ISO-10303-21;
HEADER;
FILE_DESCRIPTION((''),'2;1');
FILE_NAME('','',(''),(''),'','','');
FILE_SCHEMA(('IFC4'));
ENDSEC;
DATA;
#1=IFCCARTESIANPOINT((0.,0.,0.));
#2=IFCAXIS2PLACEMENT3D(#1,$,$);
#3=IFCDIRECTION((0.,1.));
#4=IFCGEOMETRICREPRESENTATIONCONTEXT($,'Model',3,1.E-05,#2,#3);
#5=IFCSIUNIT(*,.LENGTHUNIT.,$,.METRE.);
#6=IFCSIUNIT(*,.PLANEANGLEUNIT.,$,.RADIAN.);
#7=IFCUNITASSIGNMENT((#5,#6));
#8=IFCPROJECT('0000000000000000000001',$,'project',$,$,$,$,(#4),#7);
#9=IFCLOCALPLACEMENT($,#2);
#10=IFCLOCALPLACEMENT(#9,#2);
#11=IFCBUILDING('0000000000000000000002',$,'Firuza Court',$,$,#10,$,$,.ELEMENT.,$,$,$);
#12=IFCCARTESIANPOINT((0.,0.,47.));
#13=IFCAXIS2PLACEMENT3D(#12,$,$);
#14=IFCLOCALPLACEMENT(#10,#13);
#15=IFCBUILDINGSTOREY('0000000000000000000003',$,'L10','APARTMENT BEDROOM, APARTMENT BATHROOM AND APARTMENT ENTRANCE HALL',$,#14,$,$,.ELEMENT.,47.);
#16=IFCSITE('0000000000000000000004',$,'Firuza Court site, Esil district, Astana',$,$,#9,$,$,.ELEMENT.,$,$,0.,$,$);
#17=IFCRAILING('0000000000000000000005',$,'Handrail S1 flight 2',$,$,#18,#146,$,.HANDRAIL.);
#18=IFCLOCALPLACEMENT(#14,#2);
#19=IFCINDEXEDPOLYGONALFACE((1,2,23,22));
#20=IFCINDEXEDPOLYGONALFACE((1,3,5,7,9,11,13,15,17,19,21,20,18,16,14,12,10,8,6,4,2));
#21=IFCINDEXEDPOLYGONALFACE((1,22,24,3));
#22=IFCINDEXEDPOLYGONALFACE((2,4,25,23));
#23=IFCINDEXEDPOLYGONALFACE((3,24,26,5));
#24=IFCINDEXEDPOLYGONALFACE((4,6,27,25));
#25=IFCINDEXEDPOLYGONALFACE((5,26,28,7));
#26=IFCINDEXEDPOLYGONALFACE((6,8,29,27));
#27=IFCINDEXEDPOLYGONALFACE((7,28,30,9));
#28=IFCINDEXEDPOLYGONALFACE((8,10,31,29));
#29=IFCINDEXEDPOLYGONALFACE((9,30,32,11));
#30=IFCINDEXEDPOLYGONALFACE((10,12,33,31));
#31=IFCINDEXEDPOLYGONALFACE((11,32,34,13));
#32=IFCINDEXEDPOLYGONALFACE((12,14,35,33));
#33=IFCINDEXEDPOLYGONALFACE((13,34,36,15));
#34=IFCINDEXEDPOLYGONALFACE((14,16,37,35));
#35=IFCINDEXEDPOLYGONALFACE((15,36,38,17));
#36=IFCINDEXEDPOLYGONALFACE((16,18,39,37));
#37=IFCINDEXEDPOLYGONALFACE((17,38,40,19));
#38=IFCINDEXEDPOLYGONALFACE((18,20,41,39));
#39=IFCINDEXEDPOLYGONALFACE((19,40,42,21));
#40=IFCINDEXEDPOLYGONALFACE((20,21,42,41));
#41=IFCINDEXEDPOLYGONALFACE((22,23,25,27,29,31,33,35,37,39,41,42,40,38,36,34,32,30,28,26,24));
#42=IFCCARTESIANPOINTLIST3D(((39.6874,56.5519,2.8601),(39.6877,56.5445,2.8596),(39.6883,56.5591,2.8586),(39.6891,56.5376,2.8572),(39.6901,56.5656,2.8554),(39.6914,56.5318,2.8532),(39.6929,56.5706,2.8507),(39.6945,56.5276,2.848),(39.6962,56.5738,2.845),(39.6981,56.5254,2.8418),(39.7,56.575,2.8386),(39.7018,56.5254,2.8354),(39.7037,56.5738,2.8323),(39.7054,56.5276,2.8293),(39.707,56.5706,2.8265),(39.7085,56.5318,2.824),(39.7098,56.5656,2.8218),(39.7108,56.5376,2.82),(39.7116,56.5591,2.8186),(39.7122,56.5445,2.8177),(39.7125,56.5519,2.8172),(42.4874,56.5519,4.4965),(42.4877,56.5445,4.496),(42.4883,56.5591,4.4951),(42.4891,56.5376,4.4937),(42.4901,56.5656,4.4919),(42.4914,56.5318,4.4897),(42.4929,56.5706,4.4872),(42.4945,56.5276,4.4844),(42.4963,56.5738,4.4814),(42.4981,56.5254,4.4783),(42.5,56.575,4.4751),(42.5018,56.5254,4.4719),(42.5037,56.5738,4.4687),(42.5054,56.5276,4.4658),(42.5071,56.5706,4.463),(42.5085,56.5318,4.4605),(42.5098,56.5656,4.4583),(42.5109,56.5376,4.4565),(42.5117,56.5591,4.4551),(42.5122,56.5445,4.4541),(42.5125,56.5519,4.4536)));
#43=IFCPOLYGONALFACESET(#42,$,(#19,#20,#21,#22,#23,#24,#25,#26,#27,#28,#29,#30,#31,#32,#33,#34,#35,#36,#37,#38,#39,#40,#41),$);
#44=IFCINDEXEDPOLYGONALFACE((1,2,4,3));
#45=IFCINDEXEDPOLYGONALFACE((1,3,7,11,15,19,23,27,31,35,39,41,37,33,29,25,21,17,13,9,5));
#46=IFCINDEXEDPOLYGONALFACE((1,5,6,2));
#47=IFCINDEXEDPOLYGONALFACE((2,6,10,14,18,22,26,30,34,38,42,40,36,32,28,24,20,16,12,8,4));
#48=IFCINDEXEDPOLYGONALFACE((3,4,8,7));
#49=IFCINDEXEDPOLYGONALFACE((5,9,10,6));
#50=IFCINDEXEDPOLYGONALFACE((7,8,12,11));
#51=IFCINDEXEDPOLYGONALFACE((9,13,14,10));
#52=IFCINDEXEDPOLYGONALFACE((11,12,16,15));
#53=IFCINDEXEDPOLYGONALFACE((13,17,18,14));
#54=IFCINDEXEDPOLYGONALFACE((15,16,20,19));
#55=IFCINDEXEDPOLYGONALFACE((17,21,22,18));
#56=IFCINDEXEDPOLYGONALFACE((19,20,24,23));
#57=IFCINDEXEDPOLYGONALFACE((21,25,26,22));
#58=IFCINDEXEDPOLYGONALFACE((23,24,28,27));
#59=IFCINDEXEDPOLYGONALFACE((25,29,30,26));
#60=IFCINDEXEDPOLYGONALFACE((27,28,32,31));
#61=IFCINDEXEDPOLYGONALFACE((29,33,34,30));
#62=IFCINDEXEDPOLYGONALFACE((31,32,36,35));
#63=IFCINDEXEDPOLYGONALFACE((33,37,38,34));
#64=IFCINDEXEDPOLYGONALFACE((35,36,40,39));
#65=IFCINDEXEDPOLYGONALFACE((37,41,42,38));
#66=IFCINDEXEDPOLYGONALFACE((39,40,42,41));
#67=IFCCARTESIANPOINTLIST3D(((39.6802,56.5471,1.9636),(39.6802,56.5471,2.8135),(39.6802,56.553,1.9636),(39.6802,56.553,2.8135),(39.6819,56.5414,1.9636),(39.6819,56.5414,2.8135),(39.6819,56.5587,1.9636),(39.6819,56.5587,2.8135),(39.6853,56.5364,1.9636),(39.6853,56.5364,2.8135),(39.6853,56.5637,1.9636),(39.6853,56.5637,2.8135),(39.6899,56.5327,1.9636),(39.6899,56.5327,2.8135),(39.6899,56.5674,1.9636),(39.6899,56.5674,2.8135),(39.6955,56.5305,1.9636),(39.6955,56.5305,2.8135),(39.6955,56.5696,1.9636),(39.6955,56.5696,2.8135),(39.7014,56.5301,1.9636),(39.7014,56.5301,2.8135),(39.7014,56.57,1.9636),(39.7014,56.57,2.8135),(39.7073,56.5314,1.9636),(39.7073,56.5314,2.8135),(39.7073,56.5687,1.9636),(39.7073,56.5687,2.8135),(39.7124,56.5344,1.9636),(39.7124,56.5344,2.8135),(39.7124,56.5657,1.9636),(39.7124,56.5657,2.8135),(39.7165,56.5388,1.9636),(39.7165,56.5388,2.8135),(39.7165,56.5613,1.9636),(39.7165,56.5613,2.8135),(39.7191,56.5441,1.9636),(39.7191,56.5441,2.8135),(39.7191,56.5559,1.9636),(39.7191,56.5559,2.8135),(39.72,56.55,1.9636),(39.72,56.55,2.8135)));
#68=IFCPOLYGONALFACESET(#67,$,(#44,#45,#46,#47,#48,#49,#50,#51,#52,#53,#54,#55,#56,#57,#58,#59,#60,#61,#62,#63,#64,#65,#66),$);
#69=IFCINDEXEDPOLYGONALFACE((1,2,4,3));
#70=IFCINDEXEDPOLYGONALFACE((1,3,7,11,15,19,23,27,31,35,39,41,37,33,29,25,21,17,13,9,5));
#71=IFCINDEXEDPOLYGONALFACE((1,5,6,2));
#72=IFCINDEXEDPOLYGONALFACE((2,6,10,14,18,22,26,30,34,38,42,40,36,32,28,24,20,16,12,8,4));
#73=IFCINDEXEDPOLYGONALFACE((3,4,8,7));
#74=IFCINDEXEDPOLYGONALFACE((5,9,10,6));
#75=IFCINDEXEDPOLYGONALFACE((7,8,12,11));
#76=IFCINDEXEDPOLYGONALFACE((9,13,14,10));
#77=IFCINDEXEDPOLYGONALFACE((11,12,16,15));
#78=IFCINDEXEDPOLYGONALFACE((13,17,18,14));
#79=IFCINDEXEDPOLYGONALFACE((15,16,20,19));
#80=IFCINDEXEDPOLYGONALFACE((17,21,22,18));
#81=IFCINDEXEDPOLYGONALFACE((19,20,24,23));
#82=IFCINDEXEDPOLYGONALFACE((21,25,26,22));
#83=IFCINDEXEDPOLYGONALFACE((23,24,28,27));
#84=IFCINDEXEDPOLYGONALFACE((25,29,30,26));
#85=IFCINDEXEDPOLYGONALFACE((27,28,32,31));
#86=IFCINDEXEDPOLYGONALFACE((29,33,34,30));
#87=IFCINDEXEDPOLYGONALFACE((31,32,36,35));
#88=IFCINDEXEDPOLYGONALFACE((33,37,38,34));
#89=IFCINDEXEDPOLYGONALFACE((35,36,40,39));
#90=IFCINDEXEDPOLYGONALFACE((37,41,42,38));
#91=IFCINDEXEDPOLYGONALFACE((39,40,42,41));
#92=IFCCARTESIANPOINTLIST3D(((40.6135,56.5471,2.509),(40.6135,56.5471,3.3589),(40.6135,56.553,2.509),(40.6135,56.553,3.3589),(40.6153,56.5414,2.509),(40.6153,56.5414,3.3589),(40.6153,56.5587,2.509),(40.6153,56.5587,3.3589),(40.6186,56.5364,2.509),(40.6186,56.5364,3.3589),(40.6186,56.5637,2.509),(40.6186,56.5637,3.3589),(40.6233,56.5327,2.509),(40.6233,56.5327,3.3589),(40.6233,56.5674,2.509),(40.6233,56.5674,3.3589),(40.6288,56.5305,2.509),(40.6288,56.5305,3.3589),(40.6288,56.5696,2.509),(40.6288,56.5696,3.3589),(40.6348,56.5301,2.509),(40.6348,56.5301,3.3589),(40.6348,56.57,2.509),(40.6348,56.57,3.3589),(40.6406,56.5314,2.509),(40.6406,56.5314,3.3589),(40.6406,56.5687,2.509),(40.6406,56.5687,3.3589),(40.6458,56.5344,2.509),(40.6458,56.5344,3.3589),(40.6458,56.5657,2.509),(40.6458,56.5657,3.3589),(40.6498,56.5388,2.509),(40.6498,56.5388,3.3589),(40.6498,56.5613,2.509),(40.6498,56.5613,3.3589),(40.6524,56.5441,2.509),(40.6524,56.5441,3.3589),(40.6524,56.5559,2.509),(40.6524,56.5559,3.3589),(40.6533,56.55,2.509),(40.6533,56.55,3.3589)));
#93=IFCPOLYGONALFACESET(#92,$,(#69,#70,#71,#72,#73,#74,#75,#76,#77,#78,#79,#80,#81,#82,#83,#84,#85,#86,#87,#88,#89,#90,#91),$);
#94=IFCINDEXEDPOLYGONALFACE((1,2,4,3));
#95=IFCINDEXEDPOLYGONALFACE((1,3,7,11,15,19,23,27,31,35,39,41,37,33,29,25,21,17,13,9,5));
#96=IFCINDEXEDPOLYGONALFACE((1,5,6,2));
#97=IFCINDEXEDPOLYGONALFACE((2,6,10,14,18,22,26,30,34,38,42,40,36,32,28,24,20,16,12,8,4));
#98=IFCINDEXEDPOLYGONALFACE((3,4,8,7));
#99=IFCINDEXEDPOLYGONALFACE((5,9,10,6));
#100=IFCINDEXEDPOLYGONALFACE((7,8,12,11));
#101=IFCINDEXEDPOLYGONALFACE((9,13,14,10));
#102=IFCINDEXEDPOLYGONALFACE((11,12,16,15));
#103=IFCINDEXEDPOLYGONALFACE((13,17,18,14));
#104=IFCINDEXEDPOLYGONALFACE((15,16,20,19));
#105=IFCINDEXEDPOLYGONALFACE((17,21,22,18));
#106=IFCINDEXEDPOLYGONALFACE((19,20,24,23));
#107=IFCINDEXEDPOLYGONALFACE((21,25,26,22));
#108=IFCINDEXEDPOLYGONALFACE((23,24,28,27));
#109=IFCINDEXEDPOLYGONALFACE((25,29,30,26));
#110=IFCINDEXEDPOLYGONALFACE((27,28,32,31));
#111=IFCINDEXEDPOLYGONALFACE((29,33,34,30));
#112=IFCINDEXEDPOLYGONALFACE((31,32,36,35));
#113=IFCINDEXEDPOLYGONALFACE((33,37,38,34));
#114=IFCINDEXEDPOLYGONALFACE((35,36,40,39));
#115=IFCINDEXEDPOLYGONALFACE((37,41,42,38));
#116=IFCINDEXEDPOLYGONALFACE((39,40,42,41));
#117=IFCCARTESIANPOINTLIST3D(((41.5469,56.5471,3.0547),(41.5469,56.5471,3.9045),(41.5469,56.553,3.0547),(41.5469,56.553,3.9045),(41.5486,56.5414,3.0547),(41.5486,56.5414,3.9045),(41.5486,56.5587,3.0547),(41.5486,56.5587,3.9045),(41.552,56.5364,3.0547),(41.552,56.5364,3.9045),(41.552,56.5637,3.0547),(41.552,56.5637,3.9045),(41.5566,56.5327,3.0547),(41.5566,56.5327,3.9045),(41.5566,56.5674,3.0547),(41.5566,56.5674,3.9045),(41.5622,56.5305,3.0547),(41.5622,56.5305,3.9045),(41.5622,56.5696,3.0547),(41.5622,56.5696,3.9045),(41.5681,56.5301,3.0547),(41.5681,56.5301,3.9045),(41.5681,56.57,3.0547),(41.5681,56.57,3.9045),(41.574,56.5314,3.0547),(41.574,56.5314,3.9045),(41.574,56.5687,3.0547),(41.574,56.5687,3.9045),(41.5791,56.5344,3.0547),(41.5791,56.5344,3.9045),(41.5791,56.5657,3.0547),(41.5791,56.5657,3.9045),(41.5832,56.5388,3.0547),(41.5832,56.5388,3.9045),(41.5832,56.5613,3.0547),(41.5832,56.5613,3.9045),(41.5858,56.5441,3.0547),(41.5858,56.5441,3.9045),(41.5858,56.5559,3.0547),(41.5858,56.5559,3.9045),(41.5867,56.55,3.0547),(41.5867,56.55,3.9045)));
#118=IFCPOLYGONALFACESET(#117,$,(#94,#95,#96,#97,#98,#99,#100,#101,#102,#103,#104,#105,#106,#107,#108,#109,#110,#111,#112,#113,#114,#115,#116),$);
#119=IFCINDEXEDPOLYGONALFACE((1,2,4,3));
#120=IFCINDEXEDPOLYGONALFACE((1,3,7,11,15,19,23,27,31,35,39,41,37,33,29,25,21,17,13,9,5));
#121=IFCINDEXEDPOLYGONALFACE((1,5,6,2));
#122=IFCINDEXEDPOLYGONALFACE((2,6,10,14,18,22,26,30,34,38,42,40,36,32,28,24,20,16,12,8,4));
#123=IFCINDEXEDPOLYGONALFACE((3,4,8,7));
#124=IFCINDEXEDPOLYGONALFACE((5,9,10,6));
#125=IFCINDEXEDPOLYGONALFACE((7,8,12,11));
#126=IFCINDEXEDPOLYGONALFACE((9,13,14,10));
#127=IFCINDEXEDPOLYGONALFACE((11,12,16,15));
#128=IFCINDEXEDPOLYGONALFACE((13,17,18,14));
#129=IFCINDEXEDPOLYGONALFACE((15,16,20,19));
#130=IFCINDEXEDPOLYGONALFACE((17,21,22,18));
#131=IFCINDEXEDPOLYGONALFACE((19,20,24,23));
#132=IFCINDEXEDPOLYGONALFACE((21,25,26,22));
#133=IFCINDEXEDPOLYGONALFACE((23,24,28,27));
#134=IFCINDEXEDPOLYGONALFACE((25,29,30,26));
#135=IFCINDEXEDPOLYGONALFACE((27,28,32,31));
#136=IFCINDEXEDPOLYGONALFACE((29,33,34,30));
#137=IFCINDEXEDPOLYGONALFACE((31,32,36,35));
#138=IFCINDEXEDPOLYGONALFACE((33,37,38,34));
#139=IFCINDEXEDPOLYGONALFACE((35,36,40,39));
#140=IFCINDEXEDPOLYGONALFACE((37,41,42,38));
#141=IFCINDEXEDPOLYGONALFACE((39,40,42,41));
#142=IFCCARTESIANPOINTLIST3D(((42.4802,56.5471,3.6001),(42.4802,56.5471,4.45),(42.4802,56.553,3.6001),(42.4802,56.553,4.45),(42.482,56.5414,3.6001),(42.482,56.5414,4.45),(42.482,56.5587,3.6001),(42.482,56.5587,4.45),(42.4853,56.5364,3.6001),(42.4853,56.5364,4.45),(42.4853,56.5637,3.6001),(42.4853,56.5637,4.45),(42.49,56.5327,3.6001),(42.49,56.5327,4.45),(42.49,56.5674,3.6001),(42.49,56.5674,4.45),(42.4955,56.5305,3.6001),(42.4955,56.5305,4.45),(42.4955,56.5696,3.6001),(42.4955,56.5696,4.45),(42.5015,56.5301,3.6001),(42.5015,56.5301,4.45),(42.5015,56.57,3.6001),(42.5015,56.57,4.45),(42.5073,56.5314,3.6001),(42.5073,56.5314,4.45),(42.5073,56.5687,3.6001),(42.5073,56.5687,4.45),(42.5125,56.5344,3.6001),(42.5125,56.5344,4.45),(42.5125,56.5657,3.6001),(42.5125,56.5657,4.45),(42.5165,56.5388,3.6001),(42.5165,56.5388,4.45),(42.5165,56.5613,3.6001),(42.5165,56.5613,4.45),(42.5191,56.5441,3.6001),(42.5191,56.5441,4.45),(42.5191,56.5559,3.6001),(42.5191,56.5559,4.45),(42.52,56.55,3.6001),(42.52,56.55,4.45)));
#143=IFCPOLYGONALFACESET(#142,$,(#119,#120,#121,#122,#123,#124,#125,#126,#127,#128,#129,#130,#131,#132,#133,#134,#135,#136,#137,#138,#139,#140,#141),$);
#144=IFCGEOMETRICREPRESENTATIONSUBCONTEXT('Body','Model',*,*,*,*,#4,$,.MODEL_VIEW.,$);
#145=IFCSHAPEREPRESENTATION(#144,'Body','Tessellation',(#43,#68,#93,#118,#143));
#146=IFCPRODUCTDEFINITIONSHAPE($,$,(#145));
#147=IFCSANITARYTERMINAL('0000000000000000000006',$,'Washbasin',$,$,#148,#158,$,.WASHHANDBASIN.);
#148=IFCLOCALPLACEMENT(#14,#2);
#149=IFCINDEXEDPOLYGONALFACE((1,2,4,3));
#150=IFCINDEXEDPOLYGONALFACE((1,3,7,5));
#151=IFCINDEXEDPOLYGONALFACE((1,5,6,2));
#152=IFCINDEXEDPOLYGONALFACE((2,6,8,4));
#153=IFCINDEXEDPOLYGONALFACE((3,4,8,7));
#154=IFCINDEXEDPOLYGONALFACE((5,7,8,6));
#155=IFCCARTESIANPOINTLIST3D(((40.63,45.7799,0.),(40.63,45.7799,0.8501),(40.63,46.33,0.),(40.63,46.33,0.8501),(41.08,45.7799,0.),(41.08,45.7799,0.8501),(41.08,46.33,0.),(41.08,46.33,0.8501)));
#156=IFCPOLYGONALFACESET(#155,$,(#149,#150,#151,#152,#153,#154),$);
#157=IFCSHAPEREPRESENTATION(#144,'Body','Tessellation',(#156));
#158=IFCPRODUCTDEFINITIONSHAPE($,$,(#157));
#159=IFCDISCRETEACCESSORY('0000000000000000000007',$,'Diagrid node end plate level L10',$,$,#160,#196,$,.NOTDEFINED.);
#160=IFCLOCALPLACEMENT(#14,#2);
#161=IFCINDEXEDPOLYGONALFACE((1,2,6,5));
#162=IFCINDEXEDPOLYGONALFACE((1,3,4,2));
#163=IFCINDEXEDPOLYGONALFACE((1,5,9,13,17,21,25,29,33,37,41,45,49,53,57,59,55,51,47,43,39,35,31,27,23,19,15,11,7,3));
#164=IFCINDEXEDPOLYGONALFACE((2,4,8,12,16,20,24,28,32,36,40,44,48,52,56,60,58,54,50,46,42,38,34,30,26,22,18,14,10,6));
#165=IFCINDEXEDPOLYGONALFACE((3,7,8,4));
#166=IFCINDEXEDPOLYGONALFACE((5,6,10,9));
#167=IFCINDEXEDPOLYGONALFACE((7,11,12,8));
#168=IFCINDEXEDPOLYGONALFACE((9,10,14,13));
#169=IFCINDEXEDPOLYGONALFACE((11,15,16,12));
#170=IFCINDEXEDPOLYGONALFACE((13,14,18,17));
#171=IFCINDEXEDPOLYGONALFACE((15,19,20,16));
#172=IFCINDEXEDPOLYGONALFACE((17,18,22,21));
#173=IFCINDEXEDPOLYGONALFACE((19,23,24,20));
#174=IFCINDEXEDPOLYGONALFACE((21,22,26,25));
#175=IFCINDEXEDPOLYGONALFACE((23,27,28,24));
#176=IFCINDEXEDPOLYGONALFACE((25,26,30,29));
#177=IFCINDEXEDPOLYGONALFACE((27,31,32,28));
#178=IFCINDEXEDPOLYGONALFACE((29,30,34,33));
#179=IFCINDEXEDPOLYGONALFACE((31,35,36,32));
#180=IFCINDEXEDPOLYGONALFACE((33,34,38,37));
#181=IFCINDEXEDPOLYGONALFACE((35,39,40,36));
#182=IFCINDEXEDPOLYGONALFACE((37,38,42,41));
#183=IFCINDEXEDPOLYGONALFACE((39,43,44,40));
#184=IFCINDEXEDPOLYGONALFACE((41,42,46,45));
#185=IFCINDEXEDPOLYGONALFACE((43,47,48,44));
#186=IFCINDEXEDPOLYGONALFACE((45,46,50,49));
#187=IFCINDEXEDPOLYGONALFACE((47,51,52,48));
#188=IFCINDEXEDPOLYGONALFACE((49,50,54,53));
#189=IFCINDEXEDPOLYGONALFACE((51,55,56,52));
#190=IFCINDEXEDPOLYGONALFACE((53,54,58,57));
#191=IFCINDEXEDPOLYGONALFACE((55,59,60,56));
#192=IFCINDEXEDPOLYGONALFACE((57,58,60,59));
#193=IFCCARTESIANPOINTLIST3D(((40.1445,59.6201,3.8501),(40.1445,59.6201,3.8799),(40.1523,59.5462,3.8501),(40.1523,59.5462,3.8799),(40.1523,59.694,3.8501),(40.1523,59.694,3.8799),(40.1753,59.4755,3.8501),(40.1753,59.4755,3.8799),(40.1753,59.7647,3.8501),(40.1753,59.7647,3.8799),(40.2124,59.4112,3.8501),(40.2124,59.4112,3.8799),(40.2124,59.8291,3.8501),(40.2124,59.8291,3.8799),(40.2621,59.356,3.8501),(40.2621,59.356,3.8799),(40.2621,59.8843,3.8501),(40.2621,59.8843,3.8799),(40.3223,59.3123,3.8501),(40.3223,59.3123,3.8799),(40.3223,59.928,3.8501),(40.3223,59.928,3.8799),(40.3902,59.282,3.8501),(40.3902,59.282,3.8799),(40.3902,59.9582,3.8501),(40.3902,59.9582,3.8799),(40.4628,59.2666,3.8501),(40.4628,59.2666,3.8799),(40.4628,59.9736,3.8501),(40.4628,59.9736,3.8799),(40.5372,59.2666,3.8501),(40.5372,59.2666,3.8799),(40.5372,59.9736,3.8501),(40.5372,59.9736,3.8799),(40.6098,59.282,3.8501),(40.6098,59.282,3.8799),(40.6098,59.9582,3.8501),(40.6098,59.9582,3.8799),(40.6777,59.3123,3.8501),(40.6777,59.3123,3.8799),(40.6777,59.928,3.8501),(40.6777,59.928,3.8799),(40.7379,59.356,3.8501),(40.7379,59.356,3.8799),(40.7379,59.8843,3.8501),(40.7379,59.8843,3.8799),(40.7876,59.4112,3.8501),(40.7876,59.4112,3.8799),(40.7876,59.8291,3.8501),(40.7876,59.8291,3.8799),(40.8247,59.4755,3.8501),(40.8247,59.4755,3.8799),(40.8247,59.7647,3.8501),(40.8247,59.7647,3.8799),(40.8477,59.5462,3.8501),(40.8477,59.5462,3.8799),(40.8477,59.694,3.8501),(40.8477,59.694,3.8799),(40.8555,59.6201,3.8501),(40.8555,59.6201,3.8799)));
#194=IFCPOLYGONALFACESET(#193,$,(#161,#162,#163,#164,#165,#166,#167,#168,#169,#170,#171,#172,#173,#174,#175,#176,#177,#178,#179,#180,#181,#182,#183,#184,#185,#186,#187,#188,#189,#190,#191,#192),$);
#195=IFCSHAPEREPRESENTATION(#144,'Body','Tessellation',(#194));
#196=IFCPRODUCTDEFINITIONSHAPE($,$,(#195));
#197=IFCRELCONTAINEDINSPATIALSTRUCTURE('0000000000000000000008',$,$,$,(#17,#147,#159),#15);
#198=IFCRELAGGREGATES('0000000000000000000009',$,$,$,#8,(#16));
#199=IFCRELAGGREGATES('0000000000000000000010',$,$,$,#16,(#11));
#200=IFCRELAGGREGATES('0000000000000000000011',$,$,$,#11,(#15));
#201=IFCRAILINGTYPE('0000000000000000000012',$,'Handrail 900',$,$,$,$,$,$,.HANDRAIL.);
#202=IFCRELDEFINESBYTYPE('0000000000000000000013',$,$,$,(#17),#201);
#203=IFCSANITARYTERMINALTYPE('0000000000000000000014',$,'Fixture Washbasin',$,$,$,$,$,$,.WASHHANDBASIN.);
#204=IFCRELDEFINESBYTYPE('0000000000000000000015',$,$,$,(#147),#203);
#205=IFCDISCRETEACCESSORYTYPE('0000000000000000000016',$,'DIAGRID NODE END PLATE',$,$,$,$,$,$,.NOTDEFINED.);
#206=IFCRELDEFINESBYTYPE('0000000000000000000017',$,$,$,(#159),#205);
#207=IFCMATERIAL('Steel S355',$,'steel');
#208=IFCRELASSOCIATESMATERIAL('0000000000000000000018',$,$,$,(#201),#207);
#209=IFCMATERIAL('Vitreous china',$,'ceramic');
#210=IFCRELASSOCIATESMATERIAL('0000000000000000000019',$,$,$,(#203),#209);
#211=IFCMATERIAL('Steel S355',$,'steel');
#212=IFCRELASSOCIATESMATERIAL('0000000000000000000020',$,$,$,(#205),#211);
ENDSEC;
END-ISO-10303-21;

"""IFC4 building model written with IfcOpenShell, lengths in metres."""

from ifc_helpers import new_model, si_unit, direction, frame, origin, origin_2d, place, context, subcontext, project, spatial, rectangle, circle, extrude, material, material_profile, profile_set, type_object, element, save


model = new_model("IFC4")

# Units and contexts
model_context = context("Model", 3, precision=1e-05, world=origin(), true_north=direction((0.0, 1.0)))
body_context = subcontext(model_context, "Body", "Model", "MODEL_VIEW")
ifc_project = project(units=[si_unit("LENGTHUNIT", "METRE"), si_unit("PLANEANGLEUNIT", "RADIAN")], contexts=[model_context])

# Site, building, storey
site_placement = place(None, origin())
site = spatial("IfcSite", under=ifc_project, at=site_placement, Name="Firuza Court site, Esil district, Astana", CompositionType="ELEMENT", RefElevation=0.0)
building_placement = place(site_placement, origin())
building = spatial("IfcBuilding", under=site, at=building_placement, Name="Firuza Court", CompositionType="ELEMENT")
storey_placement = place(building_placement, frame((0.0, 0.0, 47.0)))
storey = spatial("IfcBuildingStorey", under=building, at=storey_placement, Name="L10", Description="APARTMENT BEDROOM, APARTMENT BATHROOM AND APARTMENT ENTRANCE HALL", CompositionType="ELEMENT", Elevation=47.0)

# Railing
ifc_material_1 = material(Name="Steel S355", Category="steel")
railing_type_1 = type_object("IfcRailingType", Name="Handrail 900", PredefinedType="HANDRAIL", material=ifc_material_1)
railing_1_placement = place(storey_placement, frame((39.7, 56.55, 1.9636)))
element("IfcRailing", 1, at=railing_1_placement, inside=storey, type_object=railing_type_1, Name="Handrail S1 flight 2", PredefinedType="HANDRAIL", context=body_context, shape_type="SweptSolid", body=[
    extrude(circle(Radius=0.0249, at=origin_2d()), frame((0.0, 0.0, 0.875), z_axis=(0.863361, 0.0, 0.504587), x_axis=(0.0, 1.0, 0.0)), (0.0, 0.0, 1.0), 3.2432),
    extrude(circle(Radius=0.02, at=origin_2d()), origin(), (0.0, 0.0, 1.0), 0.8499),
    extrude(circle(Radius=0.02, at=origin_2d()), frame((0.9333, 0.0, 0.5454)), (0.0, 0.0, 1.0), 0.8499),
    extrude(circle(Radius=0.02, at=origin_2d()), frame((1.8667, 0.0, 1.0911)), (0.0, 0.0, 1.0), 0.8499),
    extrude(circle(Radius=0.02, at=origin_2d()), frame((2.8, 0.0, 1.6365)), (0.0, 0.0, 1.0), 0.8499),
])

# Sanitary terminal
ifc_material_2 = material(Name="Vitreous china", Category="ceramic")
sanitary_terminal_type = type_object("IfcSanitaryTerminalType", Name="Fixture Washbasin", PredefinedType="WASHHANDBASIN", material=ifc_material_2)
sanitary_terminal_placement = place(storey_placement, frame((40.855, 46.0549, 0.0), z_axis=(0.0, 0.0, 1.0), x_axis=(1.0, 0.0, 0.0)))
element("IfcSanitaryTerminal", 2, at=sanitary_terminal_placement, inside=storey, type_object=sanitary_terminal_type, Name="Washbasin", PredefinedType="WASHHANDBASIN", context=body_context, shape_type="SweptSolid", body=[
    extrude(rectangle(XDim=0.45, YDim=0.55, at=origin_2d()), origin(), (0.0, 0.0, 1.0), 0.8501),
])

# Discrete accessory
ifc_material_3 = material(Name="Steel S355", Category="steel")
ifc_material_profile_1 = material_profile(ifc_material_3, circle(Radius=0.3555, at=origin_2d()), Name="PL D711")
ifc_profile_set_1 = profile_set([ifc_material_profile_1], Name="Steel S355")
discrete_accessory_type = type_object("IfcDiscreteAccessoryType", Name="DIAGRID NODE END PLATE", PredefinedType="NOTDEFINED", material=ifc_profile_set_1)
discrete_accessory_1_placement = place(storey_placement, frame((40.5, 59.6201, 3.8501), z_axis=(0.0, 0.0, 1.0), x_axis=(1.0, 0.0, 0.0)))
element("IfcDiscreteAccessory", 3, at=discrete_accessory_1_placement, inside=storey, type_object=discrete_accessory_type, Name="Diagrid node end plate level L10", PredefinedType="NOTDEFINED", context=body_context, shape_type="SweptSolid", body=[
    extrude(circle(Radius=0.3555, at=origin_2d()), origin(), (0.0, 0.0, 1.0), 0.0298),
])

save(model, "model.ifc")
